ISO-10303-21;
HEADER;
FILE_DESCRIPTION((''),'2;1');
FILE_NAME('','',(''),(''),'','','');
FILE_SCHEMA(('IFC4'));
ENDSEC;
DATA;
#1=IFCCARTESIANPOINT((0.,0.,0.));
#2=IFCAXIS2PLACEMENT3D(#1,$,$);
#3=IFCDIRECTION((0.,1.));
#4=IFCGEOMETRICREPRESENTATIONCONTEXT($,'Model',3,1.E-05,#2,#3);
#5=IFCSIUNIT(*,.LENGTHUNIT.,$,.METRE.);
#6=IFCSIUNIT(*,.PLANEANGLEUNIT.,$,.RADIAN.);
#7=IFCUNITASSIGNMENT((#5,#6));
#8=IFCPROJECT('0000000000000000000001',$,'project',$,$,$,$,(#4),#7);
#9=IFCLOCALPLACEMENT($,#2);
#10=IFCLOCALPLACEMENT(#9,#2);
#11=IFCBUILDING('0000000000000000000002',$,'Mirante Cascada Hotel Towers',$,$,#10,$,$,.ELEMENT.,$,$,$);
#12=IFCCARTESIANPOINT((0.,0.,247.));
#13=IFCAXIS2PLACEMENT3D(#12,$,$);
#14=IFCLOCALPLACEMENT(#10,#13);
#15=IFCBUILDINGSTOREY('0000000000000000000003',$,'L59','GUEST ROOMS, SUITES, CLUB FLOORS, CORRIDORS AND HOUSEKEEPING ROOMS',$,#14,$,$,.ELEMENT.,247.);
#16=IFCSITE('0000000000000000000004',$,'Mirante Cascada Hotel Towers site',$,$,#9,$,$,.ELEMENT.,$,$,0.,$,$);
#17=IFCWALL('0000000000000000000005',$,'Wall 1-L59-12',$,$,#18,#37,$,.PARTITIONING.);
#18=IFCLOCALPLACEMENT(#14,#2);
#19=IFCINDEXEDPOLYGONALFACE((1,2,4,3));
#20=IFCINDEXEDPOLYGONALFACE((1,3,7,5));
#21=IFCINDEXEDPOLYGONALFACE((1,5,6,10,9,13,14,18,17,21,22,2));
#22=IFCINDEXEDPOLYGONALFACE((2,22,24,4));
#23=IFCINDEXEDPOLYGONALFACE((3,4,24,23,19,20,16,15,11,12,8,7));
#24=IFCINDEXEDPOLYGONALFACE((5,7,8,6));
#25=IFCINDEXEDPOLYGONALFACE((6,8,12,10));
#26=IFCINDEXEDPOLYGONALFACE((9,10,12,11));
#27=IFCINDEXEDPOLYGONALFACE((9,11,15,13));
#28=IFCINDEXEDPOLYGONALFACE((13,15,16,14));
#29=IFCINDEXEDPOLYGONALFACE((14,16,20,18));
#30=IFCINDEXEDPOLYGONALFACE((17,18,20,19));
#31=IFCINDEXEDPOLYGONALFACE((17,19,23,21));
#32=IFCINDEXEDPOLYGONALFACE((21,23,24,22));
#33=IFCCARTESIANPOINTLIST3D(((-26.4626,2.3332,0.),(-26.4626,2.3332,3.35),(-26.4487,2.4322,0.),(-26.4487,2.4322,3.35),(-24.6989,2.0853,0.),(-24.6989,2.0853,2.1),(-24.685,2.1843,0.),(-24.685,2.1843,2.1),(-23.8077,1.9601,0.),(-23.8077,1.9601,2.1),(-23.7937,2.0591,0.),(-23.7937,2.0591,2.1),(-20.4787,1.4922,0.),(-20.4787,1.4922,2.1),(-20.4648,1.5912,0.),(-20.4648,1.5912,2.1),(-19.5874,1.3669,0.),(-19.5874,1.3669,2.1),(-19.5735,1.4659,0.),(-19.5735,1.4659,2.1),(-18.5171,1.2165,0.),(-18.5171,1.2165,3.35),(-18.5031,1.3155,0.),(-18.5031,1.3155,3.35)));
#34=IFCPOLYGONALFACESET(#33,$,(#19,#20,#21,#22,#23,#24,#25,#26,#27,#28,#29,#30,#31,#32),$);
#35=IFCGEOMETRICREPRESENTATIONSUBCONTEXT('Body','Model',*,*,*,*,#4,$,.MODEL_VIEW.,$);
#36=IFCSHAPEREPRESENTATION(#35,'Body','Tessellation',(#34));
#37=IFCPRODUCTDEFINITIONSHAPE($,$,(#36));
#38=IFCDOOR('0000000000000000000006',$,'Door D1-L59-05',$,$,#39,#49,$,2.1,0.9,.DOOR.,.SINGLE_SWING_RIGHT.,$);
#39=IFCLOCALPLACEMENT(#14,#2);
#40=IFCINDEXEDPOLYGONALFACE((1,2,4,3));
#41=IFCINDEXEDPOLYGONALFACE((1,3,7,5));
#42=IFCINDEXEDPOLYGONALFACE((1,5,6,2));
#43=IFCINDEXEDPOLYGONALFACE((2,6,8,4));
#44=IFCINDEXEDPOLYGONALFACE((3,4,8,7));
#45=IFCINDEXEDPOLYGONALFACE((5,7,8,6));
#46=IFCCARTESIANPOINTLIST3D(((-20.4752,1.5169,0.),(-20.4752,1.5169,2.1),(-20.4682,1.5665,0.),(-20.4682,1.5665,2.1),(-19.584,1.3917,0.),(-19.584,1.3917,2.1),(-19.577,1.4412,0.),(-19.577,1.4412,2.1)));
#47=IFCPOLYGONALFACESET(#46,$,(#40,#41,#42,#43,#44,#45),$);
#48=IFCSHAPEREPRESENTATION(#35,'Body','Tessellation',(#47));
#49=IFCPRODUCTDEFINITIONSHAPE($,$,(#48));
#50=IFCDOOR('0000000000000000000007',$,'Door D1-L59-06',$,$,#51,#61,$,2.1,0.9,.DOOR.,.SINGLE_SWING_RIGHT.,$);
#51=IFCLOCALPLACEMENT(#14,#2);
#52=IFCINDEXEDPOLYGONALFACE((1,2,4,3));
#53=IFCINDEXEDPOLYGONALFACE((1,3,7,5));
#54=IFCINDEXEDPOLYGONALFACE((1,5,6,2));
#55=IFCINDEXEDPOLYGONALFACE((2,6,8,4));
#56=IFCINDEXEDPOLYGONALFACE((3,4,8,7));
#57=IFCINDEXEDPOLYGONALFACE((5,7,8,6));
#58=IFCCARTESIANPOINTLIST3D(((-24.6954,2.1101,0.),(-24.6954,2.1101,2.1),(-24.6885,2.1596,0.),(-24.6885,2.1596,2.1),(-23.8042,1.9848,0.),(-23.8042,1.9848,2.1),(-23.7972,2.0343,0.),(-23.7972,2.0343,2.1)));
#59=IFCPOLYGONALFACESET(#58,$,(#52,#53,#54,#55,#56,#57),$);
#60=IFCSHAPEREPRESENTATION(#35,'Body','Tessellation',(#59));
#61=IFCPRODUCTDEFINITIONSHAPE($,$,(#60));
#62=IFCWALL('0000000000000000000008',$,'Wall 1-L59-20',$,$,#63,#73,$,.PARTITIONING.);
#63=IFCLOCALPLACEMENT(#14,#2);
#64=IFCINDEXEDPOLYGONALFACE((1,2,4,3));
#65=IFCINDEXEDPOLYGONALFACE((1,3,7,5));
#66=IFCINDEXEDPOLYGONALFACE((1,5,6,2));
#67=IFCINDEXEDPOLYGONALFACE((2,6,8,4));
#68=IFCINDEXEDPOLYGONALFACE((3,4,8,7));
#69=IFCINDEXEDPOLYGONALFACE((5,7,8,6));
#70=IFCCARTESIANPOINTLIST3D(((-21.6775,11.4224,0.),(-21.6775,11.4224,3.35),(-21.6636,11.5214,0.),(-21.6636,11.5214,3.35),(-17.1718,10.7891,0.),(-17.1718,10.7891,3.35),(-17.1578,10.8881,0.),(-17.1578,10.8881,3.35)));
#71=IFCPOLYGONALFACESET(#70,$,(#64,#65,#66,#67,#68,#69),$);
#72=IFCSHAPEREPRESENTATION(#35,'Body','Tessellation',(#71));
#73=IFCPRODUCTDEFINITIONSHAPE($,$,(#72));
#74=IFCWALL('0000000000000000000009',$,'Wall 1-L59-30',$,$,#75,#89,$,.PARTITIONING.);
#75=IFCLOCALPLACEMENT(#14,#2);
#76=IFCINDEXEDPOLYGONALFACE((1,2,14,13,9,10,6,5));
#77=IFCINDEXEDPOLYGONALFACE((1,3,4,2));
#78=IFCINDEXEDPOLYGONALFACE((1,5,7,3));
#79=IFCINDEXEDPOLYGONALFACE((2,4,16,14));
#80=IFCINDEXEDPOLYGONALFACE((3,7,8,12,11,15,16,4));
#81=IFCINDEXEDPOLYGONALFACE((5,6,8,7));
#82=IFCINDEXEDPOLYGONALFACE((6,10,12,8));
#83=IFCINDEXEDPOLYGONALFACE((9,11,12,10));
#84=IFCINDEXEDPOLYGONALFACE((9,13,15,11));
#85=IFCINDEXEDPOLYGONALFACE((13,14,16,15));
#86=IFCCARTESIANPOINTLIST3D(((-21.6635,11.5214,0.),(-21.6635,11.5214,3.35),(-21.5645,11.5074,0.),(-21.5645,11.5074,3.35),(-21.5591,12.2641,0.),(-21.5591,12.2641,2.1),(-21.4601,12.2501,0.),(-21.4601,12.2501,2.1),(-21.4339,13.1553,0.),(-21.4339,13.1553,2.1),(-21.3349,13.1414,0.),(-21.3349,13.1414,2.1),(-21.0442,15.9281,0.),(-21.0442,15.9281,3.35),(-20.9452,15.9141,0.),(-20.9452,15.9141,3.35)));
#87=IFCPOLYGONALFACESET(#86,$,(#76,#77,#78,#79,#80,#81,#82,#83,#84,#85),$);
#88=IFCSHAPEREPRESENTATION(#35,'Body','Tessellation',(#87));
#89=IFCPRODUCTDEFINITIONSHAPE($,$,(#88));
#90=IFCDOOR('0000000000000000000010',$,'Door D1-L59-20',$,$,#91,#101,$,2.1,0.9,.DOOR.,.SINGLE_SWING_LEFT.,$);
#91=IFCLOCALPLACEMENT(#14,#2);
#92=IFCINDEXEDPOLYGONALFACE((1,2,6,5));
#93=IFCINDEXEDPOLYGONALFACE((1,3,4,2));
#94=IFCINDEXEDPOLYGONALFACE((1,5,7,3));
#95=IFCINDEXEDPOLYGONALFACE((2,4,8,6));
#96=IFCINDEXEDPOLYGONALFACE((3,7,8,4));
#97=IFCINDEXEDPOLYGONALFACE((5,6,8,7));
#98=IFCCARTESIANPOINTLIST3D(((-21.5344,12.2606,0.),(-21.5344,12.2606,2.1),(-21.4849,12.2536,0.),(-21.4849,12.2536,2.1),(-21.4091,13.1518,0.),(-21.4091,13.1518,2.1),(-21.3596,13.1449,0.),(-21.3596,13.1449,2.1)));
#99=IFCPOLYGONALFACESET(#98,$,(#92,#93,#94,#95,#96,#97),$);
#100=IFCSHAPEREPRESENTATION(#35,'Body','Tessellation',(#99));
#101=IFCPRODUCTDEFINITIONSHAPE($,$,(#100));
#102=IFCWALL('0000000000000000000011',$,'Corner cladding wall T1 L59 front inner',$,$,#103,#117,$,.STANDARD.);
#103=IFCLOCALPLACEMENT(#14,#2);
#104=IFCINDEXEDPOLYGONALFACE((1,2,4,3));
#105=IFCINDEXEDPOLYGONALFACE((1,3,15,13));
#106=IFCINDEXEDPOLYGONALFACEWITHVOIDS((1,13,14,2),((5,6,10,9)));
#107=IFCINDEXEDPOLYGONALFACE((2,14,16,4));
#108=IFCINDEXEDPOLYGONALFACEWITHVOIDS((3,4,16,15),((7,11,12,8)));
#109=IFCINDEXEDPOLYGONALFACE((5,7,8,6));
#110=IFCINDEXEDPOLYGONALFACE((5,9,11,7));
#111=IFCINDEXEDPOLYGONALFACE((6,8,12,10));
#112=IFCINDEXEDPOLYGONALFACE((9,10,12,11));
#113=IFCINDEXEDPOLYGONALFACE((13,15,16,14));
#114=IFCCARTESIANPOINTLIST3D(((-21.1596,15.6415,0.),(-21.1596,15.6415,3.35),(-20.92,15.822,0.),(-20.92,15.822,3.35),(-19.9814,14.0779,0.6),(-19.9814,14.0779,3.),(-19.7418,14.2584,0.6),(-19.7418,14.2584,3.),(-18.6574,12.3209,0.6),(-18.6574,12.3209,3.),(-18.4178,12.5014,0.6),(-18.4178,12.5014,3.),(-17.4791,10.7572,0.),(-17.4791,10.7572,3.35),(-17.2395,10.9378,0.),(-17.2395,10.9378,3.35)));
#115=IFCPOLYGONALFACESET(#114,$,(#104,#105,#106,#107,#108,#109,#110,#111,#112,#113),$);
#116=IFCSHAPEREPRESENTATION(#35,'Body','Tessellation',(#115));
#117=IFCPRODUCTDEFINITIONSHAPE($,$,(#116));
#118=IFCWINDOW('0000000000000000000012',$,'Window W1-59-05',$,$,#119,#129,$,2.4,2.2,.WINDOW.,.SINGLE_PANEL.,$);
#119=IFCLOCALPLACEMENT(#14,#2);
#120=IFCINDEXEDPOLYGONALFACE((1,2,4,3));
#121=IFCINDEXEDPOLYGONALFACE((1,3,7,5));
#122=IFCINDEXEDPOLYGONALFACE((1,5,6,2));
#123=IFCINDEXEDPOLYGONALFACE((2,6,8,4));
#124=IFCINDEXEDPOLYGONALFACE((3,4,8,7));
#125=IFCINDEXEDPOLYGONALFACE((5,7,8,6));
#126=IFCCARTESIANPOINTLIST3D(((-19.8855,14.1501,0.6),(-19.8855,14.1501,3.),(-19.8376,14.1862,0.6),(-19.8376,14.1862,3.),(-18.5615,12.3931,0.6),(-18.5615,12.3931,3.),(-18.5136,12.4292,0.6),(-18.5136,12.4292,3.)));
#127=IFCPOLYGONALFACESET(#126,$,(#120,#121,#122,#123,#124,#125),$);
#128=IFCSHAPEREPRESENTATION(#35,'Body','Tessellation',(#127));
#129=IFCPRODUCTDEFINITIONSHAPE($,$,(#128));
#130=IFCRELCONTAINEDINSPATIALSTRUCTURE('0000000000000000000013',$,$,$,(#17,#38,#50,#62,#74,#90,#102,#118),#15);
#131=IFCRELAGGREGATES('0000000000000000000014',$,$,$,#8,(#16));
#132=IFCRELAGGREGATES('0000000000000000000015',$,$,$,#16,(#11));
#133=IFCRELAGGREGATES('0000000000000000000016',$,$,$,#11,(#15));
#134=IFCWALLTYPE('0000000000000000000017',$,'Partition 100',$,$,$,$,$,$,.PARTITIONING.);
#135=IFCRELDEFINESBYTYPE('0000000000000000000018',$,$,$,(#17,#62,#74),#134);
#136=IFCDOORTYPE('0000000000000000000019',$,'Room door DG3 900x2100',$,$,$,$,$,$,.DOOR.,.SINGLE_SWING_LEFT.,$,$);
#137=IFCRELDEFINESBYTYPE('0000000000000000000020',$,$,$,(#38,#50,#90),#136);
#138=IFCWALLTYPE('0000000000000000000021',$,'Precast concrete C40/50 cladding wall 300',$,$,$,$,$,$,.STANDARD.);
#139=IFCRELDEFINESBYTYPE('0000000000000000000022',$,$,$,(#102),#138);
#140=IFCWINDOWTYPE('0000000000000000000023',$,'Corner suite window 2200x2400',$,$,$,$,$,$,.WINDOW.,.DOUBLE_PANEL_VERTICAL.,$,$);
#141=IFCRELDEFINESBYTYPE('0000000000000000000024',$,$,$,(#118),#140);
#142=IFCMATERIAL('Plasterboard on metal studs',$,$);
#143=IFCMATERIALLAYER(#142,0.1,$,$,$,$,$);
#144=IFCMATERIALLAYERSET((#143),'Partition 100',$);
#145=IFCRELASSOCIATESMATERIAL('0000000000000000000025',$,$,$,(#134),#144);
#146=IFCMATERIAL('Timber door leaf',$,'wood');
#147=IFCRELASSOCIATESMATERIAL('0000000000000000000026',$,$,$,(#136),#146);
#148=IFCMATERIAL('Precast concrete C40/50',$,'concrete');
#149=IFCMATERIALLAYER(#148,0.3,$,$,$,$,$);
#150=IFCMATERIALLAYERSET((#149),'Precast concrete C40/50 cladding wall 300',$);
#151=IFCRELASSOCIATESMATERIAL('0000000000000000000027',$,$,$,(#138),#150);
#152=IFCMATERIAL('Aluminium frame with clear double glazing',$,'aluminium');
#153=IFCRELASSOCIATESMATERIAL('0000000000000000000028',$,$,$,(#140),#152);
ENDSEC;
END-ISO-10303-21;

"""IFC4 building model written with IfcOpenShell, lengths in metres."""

from ifc_helpers import new_model, si_unit, direction, frame, frame_2d, origin, place, context, subcontext, project, spatial, rectangle, extrude, material, layer, layer_set, type_object, element, fill, save


model = new_model("IFC4")

# Units and contexts
model_context = context("Model", 3, precision=1e-05, world=origin(), true_north=direction((0.0, 1.0)))
body_context = subcontext(model_context, "Body", "Model", "MODEL_VIEW")
ifc_project = project(units=[si_unit("LENGTHUNIT", "METRE"), si_unit("PLANEANGLEUNIT", "RADIAN")], contexts=[model_context])

# Site, building, storey
site_placement = place(None, origin())
site = spatial("IfcSite", under=ifc_project, at=site_placement, Name="Mirante Cascada Hotel Towers site", CompositionType="ELEMENT", RefElevation=0.0)
building_placement = place(site_placement, origin())
building = spatial("IfcBuilding", under=site, at=building_placement, Name="Mirante Cascada Hotel Towers", CompositionType="ELEMENT")
storey_placement = place(building_placement, frame((0.0, 0.0, 247.0)))
storey = spatial("IfcBuildingStorey", under=building, at=storey_placement, Name="L59", Description="GUEST ROOMS, SUITES, CLUB FLOORS, CORRIDORS AND HOUSEKEEPING ROOMS", CompositionType="ELEMENT", Elevation=247.0)

# Wall, openings, doors
ifc_material_1 = material(Name="Plasterboard on metal studs")
ifc_layer_1 = layer(ifc_material_1, 0.1)
ifc_layer_set_1 = layer_set([ifc_layer_1], Name="Partition 100")
wall_type_1 = type_object("IfcWallType", Name="Partition 100", PredefinedType="PARTITIONING", material=ifc_layer_set_1)
wall_1_placement = place(storey_placement, frame((-18.5101, 1.266, 0.0), z_axis=(0.0, 0.0, 1.0), x_axis=(-0.990267, 0.139177, 0.0)))
wall_1 = element("IfcWall", 1, at=wall_1_placement, inside=storey, type_object=wall_type_1, Name="Wall 1-L59-12", PredefinedType="PARTITIONING", context=body_context, shape_type="SweptSolid", body=[
    extrude(rectangle(XDim=8.0236, YDim=0.1, at=frame_2d((4.0118, 0.0))), origin(), (0.0, 0.0, 1.0), 3.35),
])
opening_1_placement = place(wall_1_placement, frame((1.0809, 0.0, 0.0)))
opening_1 = element("IfcOpeningElement", 2, at=opening_1_placement, cuts=wall_1, PredefinedType="OPENING", context=body_context, shape_type="SweptSolid", body=[
    extrude(rectangle(XDim=0.9, YDim=2.1, at=frame_2d((0.45, 1.05))), frame((0.0, 0.05, 0.0), z_axis=(0.0, -1.0, 0.0), x_axis=(1.0, 0.0, 0.0)), (0.0, 0.0, 1.0), 0.1),
])
opening_2_placement = place(wall_1_placement, frame((5.3426, 0.0, 0.0)))
opening_2 = element("IfcOpeningElement", 3, at=opening_2_placement, cuts=wall_1, PredefinedType="OPENING", context=body_context, shape_type="SweptSolid", body=[
    extrude(rectangle(XDim=0.9, YDim=2.1, at=frame_2d((0.45, 1.05))), frame((0.0, 0.05, 0.0), z_axis=(0.0, -1.0, 0.0), x_axis=(1.0, 0.0, 0.0)), (0.0, 0.0, 1.0), 0.1),
])
ifc_material_2 = material(Name="Timber door leaf", Category="wood")
door_type = type_object("IfcDoorType", Name="Room door DG3 900x2100", OperationType="SINGLE_SWING_LEFT", PredefinedType="DOOR", material=ifc_material_2)
door_1_placement = place(opening_1_placement, frame((0.9, 0.0, 0.0), z_axis=(0.0, 0.0, 1.0), x_axis=(-1.0, 0.0, 0.0)))
door_1 = element("IfcDoor", 4, at=door_1_placement, inside=storey, type_object=door_type, Name="Door D1-L59-05", OperationType="SINGLE_SWING_RIGHT", OverallHeight=2.1, OverallWidth=0.9, PredefinedType="DOOR", context=body_context, shape_type="SweptSolid", body=[
    extrude(rectangle(XDim=0.9, YDim=2.1, at=frame_2d((0.45, 1.05))), frame((0.0, 0.025, 0.0), z_axis=(0.0, -1.0, 0.0), x_axis=(1.0, 0.0, 0.0)), (0.0, 0.0, 1.0), 0.05),
])
fill(opening_1, door_1)
door_2_placement = place(opening_2_placement, frame((0.9, 0.0, 0.0), z_axis=(0.0, 0.0, 1.0), x_axis=(-1.0, 0.0, 0.0)))
door_2 = element("IfcDoor", 5, at=door_2_placement, inside=storey, type_object=door_type, Name="Door D1-L59-06", OperationType="SINGLE_SWING_RIGHT", OverallHeight=2.1, OverallWidth=0.9, PredefinedType="DOOR", context=body_context, shape_type="SweptSolid", body=[
    extrude(rectangle(XDim=0.9, YDim=2.1, at=frame_2d((0.45, 1.05))), frame((0.0, 0.025, 0.0), z_axis=(0.0, -1.0, 0.0), x_axis=(1.0, 0.0, 0.0)), (0.0, 0.0, 1.0), 0.05),
])
fill(opening_2, door_2)

# Wall
wall_2_placement = place(storey_placement, frame((-17.1648, 10.8386, 0.0), z_axis=(0.0, 0.0, 1.0), x_axis=(-0.990266, 0.139187, 0.0)))
element("IfcWall", 6, at=wall_2_placement, inside=storey, type_object=wall_type_1, Name="Wall 1-L59-20", PredefinedType="PARTITIONING", context=body_context, shape_type="SweptSolid", body=[
    extrude(rectangle(XDim=4.55, YDim=0.1, at=frame_2d((2.275, 0.0))), origin(), (0.0, 0.0, 1.0), 3.35),
])

# Wall, opening, door
wall_3_placement = place(storey_placement, frame((-21.614, 11.5144, 0.0), z_axis=(0.0, 0.0, 1.0), x_axis=(0.139168, 0.990269, 0.0)))
wall_3 = element("IfcWall", 7, at=wall_3_placement, inside=storey, type_object=wall_type_1, Name="Wall 1-L59-30", PredefinedType="PARTITIONING", context=body_context, shape_type="SweptSolid", body=[
    extrude(rectangle(XDim=4.45, YDim=0.1, at=frame_2d((2.225, 0.0))), origin(), (0.0, 0.0, 1.0), 3.35),
])
opening_3_placement = place(wall_3_placement, frame((0.75, 0.0, 0.0)))
opening_3 = element("IfcOpeningElement", 8, at=opening_3_placement, cuts=wall_3, PredefinedType="OPENING", context=body_context, shape_type="SweptSolid", body=[
    extrude(rectangle(XDim=0.9, YDim=2.1, at=frame_2d((0.45, 1.05))), frame((0.0, 0.05, 0.0), z_axis=(0.0, -1.0, 0.0), x_axis=(1.0, 0.0, 0.0)), (0.0, 0.0, 1.0), 0.1),
])
door_3_placement = place(opening_3_placement, origin())
door_3 = element("IfcDoor", 9, at=door_3_placement, inside=storey, type_object=door_type, Name="Door D1-L59-20", OperationType="SINGLE_SWING_LEFT", OverallHeight=2.1, OverallWidth=0.9, PredefinedType="DOOR", context=body_context, shape_type="SweptSolid", body=[
    extrude(rectangle(XDim=0.9, YDim=2.1, at=frame_2d((0.45, 1.05))), frame((0.0, 0.025, 0.0), z_axis=(0.0, -1.0, 0.0), x_axis=(1.0, 0.0, 0.0)), (0.0, 0.0, 1.0), 0.05),
])
fill(opening_3, door_3)

# Wall, opening, window
ifc_material_3 = material(Name="Precast concrete C40/50", Category="concrete")
ifc_layer_2 = layer(ifc_material_3, 0.3)
ifc_layer_set_2 = layer_set([ifc_layer_2], Name="Precast concrete C40/50 cladding wall 300")
wall_type_2 = type_object("IfcWallType", Name="Precast concrete C40/50 cladding wall 300", PredefinedType="STANDARD", material=ifc_layer_set_2)
wall_4_placement = place(storey_placement, frame((-21.0398, 15.7317, 0.0), z_axis=(0.0, 0.0, 1.0), x_axis=(0.601814, -0.798636, 0.0)))
wall_4 = element("IfcWall", 10, at=wall_4_placement, inside=storey, type_object=wall_type_2, Name="Corner cladding wall T1 L59 front inner", PredefinedType="STANDARD", context=body_context, shape_type="SweptSolid", body=[
    extrude(rectangle(XDim=6.1157, YDim=0.3, at=frame_2d((3.0578, 0.0))), origin(), (0.0, 0.0, 1.0), 3.35),
])
opening_4_placement = place(wall_4_placement, frame((1.9578, 0.0, 0.6)))
opening_4 = element("IfcOpeningElement", 11, at=opening_4_placement, cuts=wall_4, PredefinedType="OPENING", context=body_context, shape_type="SweptSolid", body=[
    extrude(rectangle(XDim=2.2, YDim=2.4, at=frame_2d((1.1, 1.2))), frame((0.0, 0.15, 0.0), z_axis=(0.0, -1.0, 0.0), x_axis=(1.0, 0.0, 0.0)), (0.0, 0.0, 1.0), 0.3),
])
ifc_material_4 = material(Name="Aluminium frame with clear double glazing", Category="aluminium")
window_type = type_object("IfcWindowType", Name="Corner suite window 2200x2400", PartitioningType="DOUBLE_PANEL_VERTICAL", PredefinedType="WINDOW", material=ifc_material_4)
window_placement = place(opening_4_placement, origin())
window = element("IfcWindow", 12, at=window_placement, inside=storey, type_object=window_type, Name="Window W1-59-05", OverallHeight=2.4, OverallWidth=2.2, PartitioningType="SINGLE_PANEL", PredefinedType="WINDOW", context=body_context, shape_type="SweptSolid", body=[
    extrude(rectangle(XDim=2.2, YDim=2.4, at=frame_2d((1.1, 1.2))), frame((0.0, 0.03, 0.0), z_axis=(0.0, -1.0, 0.0), x_axis=(1.0, 0.0, 0.0)), (0.0, 0.0, 1.0), 0.06),
])
fill(opening_4, window)

save(model, "model.ifc")
